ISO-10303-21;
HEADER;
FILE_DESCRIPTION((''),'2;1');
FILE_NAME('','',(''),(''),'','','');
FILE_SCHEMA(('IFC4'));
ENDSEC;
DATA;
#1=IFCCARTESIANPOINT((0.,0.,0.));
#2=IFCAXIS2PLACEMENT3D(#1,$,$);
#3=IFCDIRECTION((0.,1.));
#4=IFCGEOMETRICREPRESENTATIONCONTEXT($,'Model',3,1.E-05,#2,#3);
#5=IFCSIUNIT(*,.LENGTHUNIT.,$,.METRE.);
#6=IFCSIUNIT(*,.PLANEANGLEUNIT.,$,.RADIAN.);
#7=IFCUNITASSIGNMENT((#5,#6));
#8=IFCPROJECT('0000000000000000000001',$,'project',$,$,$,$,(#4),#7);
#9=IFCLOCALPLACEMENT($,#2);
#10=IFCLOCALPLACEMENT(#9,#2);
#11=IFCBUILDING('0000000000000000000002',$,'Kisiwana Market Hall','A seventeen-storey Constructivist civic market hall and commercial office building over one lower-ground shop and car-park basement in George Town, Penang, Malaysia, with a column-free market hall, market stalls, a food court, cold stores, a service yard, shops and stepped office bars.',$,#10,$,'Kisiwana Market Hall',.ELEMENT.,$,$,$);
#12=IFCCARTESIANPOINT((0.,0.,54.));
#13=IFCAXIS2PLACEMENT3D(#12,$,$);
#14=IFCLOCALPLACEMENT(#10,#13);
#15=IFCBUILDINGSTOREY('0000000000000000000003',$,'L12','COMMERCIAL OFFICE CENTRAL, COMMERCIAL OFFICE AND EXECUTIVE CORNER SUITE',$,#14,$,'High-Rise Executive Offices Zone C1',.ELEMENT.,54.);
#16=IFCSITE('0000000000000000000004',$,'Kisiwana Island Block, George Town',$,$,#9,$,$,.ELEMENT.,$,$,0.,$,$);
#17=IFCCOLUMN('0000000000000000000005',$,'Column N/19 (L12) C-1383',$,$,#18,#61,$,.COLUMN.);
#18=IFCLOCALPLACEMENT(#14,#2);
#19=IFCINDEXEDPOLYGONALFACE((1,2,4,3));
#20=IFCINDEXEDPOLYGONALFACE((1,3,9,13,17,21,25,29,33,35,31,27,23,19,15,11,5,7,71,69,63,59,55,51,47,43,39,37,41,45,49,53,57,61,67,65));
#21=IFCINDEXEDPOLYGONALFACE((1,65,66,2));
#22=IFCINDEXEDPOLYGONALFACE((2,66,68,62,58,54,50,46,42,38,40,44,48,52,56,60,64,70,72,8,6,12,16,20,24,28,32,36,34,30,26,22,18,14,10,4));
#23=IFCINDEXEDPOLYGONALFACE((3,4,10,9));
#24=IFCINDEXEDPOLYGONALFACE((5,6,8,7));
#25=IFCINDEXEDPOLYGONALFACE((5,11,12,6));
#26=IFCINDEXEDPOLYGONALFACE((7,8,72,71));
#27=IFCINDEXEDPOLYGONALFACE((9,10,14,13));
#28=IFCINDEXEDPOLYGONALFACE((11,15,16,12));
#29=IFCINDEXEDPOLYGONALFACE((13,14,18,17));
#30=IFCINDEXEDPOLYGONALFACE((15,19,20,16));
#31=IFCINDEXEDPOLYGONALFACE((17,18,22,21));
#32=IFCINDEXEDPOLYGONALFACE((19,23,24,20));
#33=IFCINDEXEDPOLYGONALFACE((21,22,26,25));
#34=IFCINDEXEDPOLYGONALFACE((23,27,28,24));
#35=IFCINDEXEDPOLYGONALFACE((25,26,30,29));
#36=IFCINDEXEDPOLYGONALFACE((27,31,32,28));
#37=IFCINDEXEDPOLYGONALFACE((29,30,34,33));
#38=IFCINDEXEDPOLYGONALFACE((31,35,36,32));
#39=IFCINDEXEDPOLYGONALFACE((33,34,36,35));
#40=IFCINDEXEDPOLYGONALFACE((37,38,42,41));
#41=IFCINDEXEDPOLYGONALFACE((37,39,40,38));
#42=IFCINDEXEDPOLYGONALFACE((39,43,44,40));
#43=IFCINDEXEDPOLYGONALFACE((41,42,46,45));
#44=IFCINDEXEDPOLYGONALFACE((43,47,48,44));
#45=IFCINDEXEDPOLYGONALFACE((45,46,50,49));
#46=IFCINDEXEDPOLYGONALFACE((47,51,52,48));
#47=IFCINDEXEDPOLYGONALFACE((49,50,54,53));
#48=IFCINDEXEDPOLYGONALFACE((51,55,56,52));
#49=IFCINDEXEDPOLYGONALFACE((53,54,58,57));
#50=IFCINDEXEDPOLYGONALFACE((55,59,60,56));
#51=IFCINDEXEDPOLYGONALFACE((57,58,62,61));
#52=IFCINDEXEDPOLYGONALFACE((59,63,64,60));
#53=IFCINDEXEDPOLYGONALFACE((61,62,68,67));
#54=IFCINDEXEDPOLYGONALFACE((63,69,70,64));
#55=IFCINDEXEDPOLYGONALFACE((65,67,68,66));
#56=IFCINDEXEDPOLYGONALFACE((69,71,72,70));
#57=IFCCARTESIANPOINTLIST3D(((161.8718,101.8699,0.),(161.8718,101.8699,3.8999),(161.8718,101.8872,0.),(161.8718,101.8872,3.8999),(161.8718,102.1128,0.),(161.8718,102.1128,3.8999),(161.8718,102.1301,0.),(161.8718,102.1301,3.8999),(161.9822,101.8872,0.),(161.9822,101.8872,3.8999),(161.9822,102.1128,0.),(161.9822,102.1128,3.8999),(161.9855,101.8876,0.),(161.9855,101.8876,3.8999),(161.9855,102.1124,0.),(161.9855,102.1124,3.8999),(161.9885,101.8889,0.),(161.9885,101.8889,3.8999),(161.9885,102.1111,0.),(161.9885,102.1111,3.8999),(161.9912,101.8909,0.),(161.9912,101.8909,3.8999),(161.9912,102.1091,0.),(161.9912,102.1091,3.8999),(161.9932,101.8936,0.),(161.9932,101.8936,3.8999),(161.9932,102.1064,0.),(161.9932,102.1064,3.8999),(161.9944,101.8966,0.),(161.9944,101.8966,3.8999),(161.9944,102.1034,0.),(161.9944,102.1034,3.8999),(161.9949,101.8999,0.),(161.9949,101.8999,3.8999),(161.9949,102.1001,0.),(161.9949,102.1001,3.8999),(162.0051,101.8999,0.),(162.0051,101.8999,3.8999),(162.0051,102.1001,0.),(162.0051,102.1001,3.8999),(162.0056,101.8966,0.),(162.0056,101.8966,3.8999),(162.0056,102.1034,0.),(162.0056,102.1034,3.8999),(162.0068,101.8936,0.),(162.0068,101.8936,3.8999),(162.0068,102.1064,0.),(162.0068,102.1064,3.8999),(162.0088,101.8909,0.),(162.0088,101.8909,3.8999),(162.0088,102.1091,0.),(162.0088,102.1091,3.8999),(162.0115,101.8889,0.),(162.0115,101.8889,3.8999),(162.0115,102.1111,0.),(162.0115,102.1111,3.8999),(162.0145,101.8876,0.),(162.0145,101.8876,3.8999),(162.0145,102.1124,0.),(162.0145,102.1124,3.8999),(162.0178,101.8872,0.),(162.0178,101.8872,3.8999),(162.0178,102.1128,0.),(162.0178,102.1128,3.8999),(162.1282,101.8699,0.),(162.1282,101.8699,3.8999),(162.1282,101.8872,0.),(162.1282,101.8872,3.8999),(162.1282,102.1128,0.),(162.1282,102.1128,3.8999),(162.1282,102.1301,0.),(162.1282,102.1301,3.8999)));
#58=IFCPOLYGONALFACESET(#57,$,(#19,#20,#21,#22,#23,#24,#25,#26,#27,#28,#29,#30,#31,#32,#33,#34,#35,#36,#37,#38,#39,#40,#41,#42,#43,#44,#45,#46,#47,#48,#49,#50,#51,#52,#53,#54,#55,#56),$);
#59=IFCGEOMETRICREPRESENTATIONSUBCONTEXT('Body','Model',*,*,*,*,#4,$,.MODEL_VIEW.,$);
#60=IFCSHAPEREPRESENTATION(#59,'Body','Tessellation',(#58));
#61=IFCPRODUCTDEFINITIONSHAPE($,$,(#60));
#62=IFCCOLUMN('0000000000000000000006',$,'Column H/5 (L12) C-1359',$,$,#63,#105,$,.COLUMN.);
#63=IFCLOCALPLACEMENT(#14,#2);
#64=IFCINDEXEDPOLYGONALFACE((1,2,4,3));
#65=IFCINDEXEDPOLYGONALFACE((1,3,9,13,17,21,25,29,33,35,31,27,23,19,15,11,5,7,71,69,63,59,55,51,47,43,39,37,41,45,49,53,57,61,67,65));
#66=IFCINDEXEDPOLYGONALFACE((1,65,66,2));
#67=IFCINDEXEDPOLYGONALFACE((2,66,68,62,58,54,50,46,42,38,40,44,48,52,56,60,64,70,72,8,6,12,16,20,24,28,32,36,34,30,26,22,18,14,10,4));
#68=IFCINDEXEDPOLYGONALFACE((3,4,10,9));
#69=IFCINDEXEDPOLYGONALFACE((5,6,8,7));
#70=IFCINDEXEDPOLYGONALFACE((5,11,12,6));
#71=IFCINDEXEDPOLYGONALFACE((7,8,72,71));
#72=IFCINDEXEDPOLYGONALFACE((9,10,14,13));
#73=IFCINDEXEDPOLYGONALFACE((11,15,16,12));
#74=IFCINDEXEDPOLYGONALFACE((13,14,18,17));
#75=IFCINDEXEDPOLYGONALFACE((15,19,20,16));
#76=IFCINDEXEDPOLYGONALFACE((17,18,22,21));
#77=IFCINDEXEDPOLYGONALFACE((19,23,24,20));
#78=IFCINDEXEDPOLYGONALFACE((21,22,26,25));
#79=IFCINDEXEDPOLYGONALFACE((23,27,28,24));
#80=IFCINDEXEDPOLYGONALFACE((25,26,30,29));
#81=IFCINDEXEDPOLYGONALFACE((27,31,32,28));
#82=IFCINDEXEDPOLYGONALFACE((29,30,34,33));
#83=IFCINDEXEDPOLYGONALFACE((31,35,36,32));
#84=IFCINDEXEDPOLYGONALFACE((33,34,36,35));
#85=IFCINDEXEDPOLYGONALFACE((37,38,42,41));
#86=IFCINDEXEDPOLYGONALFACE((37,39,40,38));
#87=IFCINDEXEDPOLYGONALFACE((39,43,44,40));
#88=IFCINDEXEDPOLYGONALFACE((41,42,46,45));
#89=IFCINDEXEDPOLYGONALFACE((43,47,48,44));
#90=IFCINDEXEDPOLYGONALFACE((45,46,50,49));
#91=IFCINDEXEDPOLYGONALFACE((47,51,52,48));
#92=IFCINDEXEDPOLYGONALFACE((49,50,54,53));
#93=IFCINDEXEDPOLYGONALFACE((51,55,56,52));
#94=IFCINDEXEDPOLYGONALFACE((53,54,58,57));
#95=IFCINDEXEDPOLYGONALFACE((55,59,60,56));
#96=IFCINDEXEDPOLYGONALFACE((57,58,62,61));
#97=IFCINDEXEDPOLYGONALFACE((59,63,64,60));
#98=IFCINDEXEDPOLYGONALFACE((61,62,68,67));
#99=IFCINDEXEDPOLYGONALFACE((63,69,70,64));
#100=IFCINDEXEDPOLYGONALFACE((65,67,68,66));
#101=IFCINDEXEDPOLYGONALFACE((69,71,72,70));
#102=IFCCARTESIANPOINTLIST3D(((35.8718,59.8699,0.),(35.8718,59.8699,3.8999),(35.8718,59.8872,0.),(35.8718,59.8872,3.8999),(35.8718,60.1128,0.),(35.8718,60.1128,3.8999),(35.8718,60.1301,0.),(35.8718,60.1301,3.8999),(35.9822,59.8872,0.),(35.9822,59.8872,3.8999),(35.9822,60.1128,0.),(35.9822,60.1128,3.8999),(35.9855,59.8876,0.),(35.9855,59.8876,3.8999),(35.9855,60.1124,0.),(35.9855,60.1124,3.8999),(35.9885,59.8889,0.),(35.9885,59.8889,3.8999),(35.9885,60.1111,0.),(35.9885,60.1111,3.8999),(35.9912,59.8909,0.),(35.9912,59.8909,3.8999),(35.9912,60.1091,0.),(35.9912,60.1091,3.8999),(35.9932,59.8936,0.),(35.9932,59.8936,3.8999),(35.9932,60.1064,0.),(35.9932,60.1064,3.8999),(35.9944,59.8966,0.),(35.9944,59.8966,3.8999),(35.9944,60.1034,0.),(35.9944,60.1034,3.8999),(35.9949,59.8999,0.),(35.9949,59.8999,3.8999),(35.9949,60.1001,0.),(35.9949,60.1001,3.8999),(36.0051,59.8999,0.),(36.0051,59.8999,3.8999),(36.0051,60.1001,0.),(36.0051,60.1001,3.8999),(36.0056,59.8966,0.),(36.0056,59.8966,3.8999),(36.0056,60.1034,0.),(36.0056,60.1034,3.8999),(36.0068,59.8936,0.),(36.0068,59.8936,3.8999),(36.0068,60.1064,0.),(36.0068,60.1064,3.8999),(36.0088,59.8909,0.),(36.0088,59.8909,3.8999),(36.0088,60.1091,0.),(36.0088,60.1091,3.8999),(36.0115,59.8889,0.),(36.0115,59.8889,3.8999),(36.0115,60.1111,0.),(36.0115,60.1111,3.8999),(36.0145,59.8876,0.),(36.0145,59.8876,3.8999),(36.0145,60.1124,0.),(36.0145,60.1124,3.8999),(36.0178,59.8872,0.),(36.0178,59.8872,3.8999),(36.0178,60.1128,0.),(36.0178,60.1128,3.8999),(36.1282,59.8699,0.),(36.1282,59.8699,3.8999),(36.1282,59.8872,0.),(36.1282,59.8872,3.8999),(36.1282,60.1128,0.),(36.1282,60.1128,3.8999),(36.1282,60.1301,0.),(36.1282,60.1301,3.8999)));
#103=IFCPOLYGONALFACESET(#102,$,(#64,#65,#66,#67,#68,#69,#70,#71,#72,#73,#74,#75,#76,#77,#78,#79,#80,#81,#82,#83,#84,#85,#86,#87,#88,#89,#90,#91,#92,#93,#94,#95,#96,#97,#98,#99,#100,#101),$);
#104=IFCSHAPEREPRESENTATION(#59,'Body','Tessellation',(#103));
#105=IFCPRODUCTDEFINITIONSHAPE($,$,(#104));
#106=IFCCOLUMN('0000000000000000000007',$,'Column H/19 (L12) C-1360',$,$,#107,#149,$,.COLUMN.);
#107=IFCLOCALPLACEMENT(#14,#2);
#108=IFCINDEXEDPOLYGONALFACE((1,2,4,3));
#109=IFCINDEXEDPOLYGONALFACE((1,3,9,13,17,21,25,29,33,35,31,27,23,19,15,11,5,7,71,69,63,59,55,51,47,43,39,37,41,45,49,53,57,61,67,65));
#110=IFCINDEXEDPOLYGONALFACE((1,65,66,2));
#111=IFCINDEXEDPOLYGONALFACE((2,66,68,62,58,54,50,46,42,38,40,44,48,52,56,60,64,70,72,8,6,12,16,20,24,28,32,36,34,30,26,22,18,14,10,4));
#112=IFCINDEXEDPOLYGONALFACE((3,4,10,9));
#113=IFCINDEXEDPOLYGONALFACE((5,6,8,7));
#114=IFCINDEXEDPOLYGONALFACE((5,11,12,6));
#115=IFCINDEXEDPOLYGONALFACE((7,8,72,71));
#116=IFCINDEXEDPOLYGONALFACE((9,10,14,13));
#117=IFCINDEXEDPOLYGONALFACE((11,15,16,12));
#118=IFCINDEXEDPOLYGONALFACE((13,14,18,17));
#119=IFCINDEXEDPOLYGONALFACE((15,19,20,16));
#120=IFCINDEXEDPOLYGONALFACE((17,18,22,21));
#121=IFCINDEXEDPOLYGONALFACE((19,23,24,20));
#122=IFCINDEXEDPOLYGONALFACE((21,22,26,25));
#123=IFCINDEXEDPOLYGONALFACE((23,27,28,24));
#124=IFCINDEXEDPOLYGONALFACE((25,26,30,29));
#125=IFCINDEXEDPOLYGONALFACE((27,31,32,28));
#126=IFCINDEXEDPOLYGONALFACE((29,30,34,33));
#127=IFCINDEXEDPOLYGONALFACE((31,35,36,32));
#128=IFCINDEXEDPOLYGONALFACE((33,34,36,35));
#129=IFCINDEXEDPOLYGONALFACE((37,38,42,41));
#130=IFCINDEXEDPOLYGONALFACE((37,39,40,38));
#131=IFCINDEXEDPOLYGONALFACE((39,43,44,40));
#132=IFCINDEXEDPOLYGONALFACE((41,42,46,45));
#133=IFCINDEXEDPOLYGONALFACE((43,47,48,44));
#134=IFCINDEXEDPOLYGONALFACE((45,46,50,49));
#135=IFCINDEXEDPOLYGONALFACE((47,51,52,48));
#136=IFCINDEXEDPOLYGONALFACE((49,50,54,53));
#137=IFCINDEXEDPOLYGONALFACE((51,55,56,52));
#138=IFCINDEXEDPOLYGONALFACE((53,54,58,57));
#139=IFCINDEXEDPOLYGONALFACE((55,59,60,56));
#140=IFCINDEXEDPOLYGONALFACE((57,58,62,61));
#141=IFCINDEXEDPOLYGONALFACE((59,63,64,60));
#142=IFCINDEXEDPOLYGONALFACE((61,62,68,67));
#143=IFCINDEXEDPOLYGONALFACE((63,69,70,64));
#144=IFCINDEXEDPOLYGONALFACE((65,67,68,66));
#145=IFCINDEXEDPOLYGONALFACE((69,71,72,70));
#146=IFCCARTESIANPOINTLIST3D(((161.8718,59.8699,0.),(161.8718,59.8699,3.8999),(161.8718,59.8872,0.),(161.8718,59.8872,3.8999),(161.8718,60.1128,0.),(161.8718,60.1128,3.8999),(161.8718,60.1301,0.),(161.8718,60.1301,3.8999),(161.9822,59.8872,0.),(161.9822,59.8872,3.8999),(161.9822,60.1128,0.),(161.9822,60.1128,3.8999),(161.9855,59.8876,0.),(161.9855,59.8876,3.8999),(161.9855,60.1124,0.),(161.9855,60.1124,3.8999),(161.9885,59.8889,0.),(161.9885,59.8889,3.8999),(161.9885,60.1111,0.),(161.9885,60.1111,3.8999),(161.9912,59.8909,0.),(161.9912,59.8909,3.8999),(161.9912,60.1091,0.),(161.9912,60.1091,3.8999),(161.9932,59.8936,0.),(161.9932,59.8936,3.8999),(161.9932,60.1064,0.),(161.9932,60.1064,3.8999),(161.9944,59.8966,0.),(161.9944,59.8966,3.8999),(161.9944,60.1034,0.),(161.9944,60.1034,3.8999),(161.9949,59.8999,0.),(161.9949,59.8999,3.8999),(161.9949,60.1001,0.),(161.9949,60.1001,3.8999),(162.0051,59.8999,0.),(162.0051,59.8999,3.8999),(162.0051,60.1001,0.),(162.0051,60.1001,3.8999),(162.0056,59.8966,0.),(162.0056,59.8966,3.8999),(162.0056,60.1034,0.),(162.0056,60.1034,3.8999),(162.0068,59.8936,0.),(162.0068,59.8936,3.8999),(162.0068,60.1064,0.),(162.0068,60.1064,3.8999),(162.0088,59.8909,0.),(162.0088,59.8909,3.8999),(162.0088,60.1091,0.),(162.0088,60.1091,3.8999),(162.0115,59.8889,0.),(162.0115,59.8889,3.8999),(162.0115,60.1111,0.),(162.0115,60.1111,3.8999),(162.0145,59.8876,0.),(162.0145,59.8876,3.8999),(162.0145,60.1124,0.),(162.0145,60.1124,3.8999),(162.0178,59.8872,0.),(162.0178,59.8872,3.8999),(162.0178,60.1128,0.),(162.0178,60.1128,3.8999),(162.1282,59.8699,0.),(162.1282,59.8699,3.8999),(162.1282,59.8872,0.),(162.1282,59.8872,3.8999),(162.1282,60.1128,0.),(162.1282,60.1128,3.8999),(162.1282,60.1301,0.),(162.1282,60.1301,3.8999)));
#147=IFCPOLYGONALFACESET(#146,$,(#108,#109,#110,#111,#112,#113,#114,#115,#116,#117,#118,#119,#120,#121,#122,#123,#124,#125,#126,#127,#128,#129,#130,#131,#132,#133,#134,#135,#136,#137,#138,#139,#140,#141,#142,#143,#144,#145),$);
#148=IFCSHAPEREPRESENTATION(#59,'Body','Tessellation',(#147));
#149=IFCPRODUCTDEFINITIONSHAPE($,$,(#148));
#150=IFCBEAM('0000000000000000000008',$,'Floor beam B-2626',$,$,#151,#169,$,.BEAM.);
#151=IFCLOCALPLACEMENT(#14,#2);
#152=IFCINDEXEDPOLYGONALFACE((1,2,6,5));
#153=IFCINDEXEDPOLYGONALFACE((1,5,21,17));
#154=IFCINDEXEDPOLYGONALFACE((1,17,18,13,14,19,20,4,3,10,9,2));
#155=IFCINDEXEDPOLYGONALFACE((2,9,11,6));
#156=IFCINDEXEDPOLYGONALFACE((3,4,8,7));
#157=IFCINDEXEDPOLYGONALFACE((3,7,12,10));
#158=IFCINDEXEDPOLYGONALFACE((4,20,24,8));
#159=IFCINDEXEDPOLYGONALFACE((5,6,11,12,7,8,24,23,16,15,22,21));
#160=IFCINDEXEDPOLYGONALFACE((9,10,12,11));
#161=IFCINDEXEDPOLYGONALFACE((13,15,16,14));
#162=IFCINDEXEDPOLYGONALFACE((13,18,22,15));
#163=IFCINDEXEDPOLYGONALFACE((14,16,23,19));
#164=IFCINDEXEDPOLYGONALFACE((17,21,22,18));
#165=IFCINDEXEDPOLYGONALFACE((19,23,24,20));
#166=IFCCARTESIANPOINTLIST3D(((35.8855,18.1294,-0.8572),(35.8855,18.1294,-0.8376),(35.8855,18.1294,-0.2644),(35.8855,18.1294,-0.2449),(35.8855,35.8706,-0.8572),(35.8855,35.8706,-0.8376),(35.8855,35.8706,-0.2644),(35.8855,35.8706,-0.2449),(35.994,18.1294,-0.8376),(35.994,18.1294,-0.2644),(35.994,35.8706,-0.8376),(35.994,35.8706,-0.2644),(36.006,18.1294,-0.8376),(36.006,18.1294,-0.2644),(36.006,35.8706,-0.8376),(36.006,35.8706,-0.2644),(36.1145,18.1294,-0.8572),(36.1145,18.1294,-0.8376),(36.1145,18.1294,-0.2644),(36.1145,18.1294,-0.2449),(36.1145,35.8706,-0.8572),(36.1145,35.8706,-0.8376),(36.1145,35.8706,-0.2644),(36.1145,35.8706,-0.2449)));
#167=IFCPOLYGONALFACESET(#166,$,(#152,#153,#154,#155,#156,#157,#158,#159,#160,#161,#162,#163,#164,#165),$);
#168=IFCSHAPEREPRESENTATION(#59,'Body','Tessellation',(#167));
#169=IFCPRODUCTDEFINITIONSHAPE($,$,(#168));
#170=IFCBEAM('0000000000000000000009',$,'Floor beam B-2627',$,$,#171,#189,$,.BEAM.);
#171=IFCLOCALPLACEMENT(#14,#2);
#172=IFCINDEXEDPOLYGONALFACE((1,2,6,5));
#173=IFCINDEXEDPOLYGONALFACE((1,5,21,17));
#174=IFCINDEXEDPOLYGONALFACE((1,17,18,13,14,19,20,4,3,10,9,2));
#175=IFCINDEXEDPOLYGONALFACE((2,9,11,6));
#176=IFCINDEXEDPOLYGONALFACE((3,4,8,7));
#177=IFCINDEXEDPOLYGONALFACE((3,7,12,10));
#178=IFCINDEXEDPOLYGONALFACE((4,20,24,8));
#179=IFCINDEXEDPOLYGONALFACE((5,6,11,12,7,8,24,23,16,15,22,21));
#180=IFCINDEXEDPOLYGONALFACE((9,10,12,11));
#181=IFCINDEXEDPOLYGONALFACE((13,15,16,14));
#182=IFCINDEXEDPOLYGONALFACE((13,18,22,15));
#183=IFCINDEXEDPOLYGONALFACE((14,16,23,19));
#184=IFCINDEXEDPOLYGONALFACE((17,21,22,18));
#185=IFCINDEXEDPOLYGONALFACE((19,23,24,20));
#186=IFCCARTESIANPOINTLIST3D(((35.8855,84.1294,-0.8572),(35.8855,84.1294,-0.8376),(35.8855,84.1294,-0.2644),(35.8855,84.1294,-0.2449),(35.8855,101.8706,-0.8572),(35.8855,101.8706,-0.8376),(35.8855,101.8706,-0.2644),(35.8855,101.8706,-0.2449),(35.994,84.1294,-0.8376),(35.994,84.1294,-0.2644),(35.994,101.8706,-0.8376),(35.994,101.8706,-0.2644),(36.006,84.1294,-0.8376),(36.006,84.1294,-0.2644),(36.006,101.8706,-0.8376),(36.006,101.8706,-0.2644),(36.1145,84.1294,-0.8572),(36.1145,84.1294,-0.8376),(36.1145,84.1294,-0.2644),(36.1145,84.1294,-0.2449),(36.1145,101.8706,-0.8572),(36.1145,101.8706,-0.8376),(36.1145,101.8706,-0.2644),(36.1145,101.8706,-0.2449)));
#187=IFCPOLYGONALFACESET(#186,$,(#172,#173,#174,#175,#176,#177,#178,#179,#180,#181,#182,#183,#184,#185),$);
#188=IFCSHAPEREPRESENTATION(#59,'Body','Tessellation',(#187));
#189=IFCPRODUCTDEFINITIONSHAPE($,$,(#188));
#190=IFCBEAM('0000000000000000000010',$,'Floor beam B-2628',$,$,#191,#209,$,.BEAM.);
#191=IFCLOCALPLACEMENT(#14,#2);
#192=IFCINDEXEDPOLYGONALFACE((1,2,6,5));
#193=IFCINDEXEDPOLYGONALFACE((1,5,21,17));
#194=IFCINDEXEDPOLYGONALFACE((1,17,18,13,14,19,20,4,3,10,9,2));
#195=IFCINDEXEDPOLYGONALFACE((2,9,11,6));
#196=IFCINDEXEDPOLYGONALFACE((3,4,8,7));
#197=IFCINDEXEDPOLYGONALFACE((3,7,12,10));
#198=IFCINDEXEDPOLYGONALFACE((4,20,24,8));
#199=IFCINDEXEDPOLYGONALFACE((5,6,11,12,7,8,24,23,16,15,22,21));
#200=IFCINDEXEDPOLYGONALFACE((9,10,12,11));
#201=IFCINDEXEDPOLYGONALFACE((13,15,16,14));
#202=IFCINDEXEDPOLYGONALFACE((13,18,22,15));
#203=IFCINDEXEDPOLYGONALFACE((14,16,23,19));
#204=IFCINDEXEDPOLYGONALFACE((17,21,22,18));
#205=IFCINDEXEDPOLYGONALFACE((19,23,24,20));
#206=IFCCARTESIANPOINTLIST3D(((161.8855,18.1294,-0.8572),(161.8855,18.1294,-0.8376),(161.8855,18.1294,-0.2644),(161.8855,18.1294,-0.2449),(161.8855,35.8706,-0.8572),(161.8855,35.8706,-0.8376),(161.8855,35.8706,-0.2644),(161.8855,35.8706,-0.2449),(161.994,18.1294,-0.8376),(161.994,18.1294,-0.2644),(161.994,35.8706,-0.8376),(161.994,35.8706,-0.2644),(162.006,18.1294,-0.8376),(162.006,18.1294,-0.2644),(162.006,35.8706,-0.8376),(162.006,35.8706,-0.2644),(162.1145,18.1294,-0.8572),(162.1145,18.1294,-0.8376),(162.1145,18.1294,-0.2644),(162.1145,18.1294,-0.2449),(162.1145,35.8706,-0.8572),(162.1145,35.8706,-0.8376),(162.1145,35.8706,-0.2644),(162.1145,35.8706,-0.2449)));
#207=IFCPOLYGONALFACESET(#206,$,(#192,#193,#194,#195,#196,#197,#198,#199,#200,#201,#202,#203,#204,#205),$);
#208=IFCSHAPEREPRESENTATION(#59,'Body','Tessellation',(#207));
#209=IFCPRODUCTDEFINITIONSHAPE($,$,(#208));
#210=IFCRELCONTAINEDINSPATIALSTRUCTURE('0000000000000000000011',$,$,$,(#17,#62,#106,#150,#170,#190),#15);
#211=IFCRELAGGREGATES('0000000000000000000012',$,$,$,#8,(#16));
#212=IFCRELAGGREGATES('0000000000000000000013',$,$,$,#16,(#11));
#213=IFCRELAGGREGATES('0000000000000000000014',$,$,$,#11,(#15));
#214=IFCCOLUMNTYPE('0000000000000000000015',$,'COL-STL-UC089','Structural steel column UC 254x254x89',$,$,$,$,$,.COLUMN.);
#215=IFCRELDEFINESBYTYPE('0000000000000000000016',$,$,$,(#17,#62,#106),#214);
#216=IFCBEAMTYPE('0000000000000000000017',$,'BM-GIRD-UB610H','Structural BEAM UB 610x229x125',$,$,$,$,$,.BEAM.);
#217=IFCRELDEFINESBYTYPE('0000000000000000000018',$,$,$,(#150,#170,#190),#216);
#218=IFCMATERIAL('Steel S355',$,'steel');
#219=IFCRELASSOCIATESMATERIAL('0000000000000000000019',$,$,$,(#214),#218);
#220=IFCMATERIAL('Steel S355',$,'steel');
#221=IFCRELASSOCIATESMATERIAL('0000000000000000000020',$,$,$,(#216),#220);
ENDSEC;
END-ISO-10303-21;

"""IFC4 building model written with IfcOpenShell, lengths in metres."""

from ifc_helpers import new_model, si_unit, direction, frame, origin, origin_2d, place, context, subcontext, project, spatial, i_section, extrude, material, material_profile, profile_set, type_object, element, save


model = new_model("IFC4")

# Units and contexts
model_context = context("Model", 3, precision=1e-05, world=origin(), true_north=direction((0.0, 1.0)))
body_context = subcontext(model_context, "Body", "Model", "MODEL_VIEW")
ifc_project = project(units=[si_unit("LENGTHUNIT", "METRE"), si_unit("PLANEANGLEUNIT", "RADIAN")], contexts=[model_context])

# Site, building, storey
site_placement = place(None, origin())
site = spatial("IfcSite", under=ifc_project, at=site_placement, Name="Kisiwana Island Block, George Town", CompositionType="ELEMENT", RefElevation=0.0)
building_placement = place(site_placement, origin())
building = spatial("IfcBuilding", under=site, at=building_placement, Name="Kisiwana Market Hall", Description="A seventeen-storey Constructivist civic market hall and commercial office building over one lower-ground shop and car-park basement in George Town, Penang, Malaysia, with a column-free market hall, market stalls, a food court, cold stores, a service yard, shops and stepped office bars.", LongName="Kisiwana Market Hall", CompositionType="ELEMENT")
storey_placement = place(building_placement, frame((0.0, 0.0, 54.0)))
storey = spatial("IfcBuildingStorey", under=building, at=storey_placement, Name="L12", Description="COMMERCIAL OFFICE CENTRAL, COMMERCIAL OFFICE AND EXECUTIVE CORNER SUITE", LongName="High-Rise Executive Offices Zone C1", CompositionType="ELEMENT", Elevation=54.0)

# Columns
ifc_material_1 = material(Name="Steel S355", Category="steel")
ifc_material_profile_1 = material_profile(ifc_material_1, i_section(OverallWidth=0.2563, OverallDepth=0.2603, WebThickness=0.0103, FlangeThickness=0.0173, FilletRadius=0.0127, at=origin_2d()), Name="UC 254x254x89")
ifc_profile_set_1 = profile_set([ifc_material_profile_1], Name="Steel S355")
column_type = type_object("IfcColumnType", Name="COL-STL-UC089", Description="Structural steel column UC 254x254x89", PredefinedType="COLUMN", material=ifc_profile_set_1)
for number, where, z_axis, x_axis, name in (
    (1, (162.0, 102.0, 0.0), (0.0, 0.0, 1.0), (1.0, 0.0, 0.0), "Column N/19 (L12) C-1383"),
    (2, (36.0, 60.0, 0.0), (0.0, 0.0, 1.0), (1.0, 0.0, 0.0), "Column H/5 (L12) C-1359"),
    (3, (162.0, 60.0, 0.0), (0.0, 0.0, 1.0), (1.0, 0.0, 0.0), "Column H/19 (L12) C-1360"),
):
    element("IfcColumn", number, at=place(storey_placement, frame(where, z_axis=z_axis, x_axis=x_axis)), inside=storey, type_object=column_type, Name=name, PredefinedType="COLUMN", context=body_context, shape_type="SweptSolid", body=[
        extrude(i_section(OverallWidth=0.2563, OverallDepth=0.2603, WebThickness=0.0103, FlangeThickness=0.0173, FilletRadius=0.0127, at=origin_2d()), origin(), (0.0, 0.0, 1.0), 3.8999),
    ])

# Beams
ifc_material_2 = material(Name="Steel S355", Category="steel")
ifc_material_profile_2 = material_profile(ifc_material_2, i_section(OverallWidth=0.229, OverallDepth=0.6123, WebThickness=0.012, FlangeThickness=0.0195, at=origin_2d()), Name="UB 610x229x125")
ifc_profile_set_2 = profile_set([ifc_material_profile_2], Name="Steel S355")
beam_type = type_object("IfcBeamType", Name="BM-GIRD-UB610H", Description="Structural BEAM UB 610x229x125", PredefinedType="BEAM", material=ifc_profile_set_2)
for number, where, z_axis, x_axis, name in (
    (4, (36.0, 18.1294, -0.551), (0.0, 1.0, 0.0), (-1.0, 0.0, 0.0), "Floor beam B-2626"),
    (5, (36.0, 84.1294, -0.551), (0.0, 1.0, 0.0), (-1.0, 0.0, 0.0), "Floor beam B-2627"),
    (6, (162.0, 18.1294, -0.551), (0.0, 1.0, 0.0), (-1.0, 0.0, 0.0), "Floor beam B-2628"),
):
    element("IfcBeam", number, at=place(storey_placement, frame(where, z_axis=z_axis, x_axis=x_axis)), inside=storey, type_object=beam_type, Name=name, PredefinedType="BEAM", context=body_context, shape_type="SweptSolid", body=[
        extrude(i_section(OverallWidth=0.229, OverallDepth=0.6123, WebThickness=0.012, FlangeThickness=0.0195, at=origin_2d()), origin(), (0.0, 0.0, 1.0), 17.7412),
    ])

save(model, "model.ifc")
